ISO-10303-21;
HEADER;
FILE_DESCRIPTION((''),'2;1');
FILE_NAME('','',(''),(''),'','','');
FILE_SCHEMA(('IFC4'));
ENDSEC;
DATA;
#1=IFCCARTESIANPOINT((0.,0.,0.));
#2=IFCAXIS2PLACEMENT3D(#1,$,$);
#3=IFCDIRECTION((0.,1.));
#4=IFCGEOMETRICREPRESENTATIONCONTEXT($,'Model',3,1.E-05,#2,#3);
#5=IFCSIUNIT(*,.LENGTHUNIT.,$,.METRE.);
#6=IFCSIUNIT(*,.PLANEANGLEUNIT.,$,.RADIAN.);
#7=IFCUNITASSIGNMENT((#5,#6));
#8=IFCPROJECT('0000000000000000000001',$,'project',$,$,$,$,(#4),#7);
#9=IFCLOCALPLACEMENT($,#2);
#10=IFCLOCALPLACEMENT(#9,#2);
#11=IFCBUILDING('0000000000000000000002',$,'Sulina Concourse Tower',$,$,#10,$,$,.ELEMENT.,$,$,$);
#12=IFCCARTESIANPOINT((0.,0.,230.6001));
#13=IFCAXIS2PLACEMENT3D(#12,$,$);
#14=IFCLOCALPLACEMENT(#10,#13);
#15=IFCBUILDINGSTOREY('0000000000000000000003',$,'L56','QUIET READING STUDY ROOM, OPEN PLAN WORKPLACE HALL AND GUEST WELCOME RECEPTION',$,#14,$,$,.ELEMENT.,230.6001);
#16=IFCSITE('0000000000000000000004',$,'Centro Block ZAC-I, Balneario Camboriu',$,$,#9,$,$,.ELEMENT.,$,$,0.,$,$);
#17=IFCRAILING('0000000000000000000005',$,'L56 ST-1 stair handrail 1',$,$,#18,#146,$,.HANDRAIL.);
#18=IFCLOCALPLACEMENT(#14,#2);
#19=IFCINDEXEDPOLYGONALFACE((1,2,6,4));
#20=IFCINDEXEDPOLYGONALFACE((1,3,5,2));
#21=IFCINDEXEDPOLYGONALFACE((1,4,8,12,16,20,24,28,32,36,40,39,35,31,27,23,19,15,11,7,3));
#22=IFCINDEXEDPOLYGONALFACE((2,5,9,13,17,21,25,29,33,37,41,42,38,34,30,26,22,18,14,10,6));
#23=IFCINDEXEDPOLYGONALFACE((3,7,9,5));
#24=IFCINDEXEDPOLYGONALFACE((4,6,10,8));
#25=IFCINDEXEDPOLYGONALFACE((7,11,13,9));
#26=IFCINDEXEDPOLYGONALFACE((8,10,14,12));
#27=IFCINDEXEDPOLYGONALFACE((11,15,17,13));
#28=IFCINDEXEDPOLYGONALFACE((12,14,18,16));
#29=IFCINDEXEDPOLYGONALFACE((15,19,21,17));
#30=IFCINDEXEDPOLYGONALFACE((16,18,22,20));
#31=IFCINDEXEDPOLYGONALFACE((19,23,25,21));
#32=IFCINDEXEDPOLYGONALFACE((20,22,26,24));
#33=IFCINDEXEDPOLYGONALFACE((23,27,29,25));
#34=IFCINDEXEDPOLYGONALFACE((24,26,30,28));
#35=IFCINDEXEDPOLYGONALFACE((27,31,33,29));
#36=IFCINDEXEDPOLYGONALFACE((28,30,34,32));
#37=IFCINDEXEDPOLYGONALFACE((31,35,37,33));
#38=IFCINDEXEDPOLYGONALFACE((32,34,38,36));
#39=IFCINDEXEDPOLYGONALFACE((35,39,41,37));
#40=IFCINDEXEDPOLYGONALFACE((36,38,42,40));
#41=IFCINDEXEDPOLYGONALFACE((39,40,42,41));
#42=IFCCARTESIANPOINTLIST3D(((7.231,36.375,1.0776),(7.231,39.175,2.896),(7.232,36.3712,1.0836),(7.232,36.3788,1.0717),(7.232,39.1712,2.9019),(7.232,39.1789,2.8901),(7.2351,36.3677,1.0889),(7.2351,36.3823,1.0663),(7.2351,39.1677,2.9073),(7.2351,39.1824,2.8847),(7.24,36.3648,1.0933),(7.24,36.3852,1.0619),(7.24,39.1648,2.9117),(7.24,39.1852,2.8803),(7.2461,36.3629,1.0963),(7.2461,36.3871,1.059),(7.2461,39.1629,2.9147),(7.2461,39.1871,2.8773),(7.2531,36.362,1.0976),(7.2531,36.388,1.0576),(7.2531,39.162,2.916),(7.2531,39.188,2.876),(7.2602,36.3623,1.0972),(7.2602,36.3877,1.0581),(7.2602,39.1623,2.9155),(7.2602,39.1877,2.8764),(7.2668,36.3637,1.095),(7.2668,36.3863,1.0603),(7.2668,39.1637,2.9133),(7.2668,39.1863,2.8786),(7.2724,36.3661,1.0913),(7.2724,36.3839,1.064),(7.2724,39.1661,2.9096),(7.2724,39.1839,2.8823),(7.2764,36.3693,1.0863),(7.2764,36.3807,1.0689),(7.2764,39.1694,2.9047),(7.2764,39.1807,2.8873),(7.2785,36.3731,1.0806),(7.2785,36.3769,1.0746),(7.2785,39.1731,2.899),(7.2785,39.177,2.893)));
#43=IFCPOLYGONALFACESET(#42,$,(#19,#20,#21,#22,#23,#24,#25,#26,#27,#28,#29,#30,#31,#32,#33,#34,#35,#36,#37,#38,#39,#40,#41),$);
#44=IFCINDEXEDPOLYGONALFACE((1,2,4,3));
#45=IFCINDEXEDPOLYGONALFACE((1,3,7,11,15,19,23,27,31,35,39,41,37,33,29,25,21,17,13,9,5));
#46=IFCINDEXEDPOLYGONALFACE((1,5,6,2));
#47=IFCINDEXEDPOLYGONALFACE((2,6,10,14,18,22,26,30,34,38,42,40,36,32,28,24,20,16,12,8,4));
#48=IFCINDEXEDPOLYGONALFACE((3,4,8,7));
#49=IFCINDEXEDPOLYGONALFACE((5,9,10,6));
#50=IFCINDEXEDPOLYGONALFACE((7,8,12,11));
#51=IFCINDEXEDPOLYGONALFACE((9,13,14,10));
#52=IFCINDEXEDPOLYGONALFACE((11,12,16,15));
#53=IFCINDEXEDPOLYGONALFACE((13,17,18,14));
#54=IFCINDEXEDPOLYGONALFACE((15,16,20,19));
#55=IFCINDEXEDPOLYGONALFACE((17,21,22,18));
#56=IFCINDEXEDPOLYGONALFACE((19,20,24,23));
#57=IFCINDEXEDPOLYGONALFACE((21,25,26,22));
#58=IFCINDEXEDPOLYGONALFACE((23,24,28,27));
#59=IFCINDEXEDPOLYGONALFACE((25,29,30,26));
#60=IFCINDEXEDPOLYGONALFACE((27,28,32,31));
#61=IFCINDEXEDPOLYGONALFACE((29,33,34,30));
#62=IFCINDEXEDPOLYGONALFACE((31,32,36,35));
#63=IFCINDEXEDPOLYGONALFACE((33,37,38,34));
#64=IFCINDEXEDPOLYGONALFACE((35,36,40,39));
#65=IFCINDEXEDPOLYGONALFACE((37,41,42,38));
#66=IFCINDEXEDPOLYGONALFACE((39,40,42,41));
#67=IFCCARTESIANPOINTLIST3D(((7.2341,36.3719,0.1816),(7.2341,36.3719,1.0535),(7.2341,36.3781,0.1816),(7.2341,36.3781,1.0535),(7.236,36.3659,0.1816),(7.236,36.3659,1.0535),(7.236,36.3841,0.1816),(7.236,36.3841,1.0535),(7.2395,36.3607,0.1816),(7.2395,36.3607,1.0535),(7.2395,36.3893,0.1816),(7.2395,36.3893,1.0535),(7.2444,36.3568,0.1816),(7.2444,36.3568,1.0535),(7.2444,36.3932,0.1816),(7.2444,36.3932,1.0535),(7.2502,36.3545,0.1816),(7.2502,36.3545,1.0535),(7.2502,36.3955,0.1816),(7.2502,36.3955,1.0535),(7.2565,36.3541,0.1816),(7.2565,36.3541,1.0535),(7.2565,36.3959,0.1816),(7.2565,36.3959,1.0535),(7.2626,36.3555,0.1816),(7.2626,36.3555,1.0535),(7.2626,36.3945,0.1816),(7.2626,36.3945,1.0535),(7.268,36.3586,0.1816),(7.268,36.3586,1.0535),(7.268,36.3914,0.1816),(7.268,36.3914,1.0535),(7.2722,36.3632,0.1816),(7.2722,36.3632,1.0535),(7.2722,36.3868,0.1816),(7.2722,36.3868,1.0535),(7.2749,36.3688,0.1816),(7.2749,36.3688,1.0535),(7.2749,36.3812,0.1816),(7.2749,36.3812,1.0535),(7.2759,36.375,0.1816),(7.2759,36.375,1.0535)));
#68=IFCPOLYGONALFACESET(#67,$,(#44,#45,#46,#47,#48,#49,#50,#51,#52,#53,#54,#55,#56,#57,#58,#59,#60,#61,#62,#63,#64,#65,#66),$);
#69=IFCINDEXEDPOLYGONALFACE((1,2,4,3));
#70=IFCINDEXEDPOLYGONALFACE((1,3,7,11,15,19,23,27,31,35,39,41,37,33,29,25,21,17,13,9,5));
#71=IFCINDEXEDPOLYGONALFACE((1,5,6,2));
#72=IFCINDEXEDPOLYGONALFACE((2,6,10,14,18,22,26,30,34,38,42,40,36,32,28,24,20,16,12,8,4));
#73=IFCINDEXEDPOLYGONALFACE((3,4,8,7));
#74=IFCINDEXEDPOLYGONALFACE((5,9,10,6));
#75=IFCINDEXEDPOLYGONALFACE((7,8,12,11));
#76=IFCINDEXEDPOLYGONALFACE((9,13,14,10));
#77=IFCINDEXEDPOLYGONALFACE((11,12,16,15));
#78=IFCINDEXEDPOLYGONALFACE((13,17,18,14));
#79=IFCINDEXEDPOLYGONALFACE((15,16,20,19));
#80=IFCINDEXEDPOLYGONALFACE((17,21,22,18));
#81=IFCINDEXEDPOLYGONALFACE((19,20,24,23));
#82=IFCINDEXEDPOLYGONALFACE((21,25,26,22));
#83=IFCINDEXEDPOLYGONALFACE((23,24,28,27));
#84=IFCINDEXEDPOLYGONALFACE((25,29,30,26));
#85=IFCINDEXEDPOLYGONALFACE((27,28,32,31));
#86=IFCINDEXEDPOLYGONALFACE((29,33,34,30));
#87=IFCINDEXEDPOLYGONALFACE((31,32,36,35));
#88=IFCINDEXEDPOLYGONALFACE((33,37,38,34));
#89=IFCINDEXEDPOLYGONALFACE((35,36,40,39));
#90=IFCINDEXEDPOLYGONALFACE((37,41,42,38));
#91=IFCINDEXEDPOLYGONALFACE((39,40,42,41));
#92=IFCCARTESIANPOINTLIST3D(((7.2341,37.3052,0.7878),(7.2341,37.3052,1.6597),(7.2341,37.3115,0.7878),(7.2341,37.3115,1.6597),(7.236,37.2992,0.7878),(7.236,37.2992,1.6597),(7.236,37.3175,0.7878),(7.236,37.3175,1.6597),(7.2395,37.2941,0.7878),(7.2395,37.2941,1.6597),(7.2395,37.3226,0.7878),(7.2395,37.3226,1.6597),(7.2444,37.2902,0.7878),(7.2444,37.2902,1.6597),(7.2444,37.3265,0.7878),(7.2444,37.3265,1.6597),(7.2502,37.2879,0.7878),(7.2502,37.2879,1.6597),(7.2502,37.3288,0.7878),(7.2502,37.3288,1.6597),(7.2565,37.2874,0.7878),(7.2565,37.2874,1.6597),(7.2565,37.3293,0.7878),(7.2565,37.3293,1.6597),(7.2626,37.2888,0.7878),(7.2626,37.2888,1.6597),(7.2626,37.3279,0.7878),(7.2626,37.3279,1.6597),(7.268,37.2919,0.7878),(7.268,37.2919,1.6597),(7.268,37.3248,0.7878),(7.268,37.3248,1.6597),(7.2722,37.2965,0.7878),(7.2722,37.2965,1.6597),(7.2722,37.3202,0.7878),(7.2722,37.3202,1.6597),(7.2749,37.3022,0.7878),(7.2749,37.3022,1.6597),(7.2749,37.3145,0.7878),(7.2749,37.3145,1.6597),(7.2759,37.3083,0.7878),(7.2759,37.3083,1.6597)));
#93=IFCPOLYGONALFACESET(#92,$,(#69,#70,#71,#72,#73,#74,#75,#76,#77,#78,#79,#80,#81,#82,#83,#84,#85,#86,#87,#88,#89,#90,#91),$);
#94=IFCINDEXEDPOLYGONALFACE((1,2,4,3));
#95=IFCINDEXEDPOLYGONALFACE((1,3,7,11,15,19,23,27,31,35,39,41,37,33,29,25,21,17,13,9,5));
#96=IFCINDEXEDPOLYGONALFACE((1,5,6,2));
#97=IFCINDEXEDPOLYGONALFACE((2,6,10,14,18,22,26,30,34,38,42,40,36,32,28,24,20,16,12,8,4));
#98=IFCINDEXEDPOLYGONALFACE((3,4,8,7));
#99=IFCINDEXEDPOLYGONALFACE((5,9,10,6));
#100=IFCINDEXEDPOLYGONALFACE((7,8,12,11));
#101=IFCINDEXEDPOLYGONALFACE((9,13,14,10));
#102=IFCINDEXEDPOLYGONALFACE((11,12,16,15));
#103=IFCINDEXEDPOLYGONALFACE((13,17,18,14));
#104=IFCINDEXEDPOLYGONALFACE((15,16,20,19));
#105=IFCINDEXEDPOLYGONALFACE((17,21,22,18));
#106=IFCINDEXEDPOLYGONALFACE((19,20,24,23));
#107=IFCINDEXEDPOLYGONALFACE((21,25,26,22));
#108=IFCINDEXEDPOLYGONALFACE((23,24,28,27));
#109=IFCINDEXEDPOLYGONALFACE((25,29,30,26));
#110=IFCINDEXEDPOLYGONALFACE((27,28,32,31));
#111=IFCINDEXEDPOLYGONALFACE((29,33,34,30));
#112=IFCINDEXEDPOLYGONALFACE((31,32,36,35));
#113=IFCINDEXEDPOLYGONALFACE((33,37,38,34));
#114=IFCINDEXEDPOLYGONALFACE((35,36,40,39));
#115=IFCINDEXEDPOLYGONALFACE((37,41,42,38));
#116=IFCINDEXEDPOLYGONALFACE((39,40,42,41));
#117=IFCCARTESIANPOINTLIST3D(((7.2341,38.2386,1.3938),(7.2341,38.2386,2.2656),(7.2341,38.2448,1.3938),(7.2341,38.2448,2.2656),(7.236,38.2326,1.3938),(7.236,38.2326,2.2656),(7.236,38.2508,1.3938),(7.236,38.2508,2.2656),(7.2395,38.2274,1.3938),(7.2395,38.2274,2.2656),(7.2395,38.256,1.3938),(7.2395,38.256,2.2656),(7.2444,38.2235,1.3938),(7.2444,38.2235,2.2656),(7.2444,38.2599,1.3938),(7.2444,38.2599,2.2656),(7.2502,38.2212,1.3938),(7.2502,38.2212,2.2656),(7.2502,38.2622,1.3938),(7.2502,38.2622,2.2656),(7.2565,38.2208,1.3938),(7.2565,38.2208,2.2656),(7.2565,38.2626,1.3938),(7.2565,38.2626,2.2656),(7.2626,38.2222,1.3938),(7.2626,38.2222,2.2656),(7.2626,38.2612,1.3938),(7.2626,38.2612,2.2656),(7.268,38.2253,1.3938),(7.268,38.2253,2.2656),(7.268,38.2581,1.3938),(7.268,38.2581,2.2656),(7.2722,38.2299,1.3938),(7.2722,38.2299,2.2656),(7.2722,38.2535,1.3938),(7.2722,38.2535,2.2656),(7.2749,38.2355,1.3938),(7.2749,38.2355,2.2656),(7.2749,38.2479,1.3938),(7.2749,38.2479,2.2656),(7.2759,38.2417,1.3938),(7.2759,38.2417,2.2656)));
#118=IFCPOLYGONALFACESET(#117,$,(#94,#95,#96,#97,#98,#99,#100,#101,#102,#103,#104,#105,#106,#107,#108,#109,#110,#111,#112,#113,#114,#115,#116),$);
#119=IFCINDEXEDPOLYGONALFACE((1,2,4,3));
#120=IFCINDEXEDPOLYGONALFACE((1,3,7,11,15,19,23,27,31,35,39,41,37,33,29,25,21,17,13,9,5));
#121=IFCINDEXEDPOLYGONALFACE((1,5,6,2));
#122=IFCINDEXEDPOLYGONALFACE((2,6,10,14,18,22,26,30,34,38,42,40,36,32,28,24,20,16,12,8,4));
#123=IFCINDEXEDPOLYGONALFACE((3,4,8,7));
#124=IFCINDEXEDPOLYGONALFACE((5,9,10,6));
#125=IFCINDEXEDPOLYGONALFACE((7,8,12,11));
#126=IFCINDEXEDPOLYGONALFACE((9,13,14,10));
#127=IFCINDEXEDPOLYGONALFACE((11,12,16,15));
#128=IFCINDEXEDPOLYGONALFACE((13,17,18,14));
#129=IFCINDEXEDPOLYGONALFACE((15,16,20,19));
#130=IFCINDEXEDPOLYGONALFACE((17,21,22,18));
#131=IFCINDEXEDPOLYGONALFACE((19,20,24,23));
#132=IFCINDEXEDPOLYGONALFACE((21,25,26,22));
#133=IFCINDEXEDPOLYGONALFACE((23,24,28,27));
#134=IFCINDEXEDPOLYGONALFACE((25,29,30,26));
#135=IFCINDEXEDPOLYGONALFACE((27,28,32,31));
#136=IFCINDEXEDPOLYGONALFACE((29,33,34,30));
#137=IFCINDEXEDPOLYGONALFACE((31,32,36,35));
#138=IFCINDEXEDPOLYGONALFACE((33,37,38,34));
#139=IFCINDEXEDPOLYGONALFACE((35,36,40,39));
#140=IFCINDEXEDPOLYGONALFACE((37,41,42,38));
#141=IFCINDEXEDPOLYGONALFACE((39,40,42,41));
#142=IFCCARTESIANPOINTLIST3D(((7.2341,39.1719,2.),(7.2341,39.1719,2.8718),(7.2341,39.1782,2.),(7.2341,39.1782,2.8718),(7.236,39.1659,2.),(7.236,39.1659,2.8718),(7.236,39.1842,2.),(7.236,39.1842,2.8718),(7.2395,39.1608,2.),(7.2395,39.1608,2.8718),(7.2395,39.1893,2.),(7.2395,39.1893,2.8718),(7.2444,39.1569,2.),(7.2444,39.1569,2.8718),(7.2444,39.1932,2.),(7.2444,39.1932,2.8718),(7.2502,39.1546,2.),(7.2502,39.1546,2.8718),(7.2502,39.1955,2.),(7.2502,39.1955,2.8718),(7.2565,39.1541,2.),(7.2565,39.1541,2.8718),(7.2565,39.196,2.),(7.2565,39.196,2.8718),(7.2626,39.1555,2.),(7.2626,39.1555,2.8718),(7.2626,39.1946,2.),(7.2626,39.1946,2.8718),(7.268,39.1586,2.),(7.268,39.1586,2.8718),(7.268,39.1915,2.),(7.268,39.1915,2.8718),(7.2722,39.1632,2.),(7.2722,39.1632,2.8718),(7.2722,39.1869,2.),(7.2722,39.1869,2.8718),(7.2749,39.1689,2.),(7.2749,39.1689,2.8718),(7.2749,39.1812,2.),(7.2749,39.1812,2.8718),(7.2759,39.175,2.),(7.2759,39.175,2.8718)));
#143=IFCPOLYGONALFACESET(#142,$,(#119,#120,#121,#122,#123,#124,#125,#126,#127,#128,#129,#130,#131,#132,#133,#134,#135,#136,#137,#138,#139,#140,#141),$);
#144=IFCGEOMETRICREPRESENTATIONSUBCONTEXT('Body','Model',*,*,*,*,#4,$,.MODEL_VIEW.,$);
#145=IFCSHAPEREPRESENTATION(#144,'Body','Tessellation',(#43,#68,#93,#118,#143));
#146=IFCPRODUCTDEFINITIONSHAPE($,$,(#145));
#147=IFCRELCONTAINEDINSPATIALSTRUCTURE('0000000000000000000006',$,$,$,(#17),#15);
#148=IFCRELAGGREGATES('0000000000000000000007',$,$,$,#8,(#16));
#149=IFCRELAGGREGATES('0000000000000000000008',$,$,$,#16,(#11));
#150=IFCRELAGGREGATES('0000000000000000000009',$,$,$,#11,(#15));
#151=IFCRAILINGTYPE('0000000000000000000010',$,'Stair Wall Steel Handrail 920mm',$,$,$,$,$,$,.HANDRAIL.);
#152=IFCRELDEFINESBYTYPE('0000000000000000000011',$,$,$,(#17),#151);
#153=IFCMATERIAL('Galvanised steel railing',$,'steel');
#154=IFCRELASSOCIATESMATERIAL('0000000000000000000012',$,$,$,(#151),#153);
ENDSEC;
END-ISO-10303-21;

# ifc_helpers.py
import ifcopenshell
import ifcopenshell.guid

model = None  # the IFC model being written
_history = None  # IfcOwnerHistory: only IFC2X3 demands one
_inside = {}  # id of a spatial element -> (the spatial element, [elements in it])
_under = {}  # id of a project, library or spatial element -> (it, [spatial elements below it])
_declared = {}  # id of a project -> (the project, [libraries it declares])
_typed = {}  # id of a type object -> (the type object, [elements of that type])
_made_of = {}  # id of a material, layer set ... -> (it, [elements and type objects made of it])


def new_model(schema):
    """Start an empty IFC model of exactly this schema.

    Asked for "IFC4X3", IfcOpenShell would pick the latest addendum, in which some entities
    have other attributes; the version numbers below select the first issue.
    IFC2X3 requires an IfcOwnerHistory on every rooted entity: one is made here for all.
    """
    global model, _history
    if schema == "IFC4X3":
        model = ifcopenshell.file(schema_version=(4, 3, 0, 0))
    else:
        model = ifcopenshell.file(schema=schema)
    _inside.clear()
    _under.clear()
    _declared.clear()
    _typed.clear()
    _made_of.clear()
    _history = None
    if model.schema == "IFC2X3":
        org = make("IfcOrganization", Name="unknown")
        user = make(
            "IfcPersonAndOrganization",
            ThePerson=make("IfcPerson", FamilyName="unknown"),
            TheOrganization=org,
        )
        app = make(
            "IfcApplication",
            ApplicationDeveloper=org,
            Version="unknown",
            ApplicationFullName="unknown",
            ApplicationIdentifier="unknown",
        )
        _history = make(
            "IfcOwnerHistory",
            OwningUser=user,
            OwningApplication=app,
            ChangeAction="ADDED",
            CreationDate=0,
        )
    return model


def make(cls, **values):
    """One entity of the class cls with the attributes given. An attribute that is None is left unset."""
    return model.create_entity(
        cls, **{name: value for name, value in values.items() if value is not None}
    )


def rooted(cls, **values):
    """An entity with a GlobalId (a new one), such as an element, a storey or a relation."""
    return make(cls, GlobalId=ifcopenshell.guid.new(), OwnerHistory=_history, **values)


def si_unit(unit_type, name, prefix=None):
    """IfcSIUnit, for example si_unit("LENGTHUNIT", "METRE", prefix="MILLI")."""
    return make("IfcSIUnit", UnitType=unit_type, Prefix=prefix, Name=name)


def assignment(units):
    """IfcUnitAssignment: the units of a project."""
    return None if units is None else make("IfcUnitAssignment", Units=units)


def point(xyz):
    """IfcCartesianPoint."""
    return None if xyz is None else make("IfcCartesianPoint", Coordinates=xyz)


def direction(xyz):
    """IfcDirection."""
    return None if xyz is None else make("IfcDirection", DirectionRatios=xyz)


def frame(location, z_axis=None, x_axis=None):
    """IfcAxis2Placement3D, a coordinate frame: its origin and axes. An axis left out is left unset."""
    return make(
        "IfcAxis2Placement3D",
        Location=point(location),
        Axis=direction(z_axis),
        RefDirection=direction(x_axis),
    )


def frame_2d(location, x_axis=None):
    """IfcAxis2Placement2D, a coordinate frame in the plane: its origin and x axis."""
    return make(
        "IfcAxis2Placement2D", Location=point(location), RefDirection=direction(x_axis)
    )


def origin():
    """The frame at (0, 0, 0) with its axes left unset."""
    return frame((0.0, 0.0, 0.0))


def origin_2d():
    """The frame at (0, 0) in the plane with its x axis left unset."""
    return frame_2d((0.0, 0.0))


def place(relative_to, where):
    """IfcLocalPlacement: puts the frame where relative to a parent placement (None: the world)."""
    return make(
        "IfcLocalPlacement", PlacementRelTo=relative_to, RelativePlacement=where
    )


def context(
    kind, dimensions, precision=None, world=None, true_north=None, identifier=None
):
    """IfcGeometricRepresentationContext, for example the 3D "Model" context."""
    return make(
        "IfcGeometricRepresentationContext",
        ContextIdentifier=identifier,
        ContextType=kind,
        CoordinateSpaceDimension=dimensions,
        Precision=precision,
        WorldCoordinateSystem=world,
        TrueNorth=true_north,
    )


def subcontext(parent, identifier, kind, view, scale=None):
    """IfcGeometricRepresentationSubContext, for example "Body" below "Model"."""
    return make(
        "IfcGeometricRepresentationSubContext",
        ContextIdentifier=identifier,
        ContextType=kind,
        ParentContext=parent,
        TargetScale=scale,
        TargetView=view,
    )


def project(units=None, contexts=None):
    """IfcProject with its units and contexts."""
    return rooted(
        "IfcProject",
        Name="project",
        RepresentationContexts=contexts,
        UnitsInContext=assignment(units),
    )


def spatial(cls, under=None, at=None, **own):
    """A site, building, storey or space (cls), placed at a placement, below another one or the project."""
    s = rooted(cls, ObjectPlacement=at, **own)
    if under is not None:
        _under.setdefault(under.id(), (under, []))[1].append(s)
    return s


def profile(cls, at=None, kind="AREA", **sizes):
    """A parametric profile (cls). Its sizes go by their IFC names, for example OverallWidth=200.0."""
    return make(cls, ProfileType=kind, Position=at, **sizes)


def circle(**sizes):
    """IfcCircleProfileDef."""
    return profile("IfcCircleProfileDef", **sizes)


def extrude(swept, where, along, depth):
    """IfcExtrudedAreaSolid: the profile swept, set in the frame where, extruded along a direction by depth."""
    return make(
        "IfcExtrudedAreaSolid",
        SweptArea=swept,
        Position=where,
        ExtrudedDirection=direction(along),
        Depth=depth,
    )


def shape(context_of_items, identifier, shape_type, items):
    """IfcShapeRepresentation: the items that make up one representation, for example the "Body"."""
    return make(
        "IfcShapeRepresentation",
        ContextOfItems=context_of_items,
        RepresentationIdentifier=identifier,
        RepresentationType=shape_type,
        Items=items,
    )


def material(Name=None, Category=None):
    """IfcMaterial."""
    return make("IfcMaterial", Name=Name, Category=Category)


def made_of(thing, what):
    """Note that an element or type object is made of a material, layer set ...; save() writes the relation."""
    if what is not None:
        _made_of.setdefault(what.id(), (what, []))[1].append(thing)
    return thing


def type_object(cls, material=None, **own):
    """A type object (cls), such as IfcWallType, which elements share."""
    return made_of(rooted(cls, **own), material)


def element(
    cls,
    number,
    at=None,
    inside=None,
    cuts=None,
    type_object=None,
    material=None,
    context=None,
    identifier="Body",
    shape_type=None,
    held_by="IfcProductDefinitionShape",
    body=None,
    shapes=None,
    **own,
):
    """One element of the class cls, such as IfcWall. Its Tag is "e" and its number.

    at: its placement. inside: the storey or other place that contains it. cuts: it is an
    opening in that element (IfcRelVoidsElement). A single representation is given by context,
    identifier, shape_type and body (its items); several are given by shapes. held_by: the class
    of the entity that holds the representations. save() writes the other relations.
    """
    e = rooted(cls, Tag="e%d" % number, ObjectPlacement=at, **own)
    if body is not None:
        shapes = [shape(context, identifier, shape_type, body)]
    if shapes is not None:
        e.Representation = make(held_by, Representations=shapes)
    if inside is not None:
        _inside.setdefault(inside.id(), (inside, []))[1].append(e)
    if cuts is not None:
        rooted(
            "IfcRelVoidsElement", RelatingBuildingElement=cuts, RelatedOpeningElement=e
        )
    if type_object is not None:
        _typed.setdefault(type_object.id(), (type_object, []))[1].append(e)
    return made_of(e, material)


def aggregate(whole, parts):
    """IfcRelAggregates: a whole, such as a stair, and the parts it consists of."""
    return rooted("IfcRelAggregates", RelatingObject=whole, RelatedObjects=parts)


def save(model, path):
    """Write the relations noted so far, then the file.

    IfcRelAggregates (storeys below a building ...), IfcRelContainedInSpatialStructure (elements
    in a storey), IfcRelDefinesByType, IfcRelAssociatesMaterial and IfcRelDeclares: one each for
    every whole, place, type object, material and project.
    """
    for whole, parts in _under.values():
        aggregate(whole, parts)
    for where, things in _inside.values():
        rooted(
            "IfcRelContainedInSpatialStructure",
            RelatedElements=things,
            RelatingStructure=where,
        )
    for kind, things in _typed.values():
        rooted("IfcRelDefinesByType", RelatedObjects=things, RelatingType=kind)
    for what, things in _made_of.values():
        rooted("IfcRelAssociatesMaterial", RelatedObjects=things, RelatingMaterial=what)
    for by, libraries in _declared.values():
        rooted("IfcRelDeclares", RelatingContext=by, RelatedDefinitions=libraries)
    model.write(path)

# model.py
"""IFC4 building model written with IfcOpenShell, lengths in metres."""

from ifc_helpers import new_model, si_unit, direction, frame, origin, origin_2d, place, context, subcontext, project, spatial, circle, extrude, material, type_object, element, save


model = new_model("IFC4")

# Units and contexts
model_context = context("Model", 3, precision=1e-05, world=origin(), true_north=direction((0.0, 1.0)))
body_context = subcontext(model_context, "Body", "Model", "MODEL_VIEW")
ifc_project = project(units=[si_unit("LENGTHUNIT", "METRE"), si_unit("PLANEANGLEUNIT", "RADIAN")], contexts=[model_context])

# Site, building, storey
site_placement = place(None, origin())
site = spatial("IfcSite", under=ifc_project, at=site_placement, Name="Centro Block ZAC-I, Balneario Camboriu", CompositionType="ELEMENT", RefElevation=0.0)
building_placement = place(site_placement, origin())
building = spatial("IfcBuilding", under=site, at=building_placement, Name="Sulina Concourse Tower", CompositionType="ELEMENT")
storey_placement = place(building_placement, frame((0.0, 0.0, 230.6001)))
storey = spatial("IfcBuildingStorey", under=building, at=storey_placement, Name="L56", Description="QUIET READING STUDY ROOM, OPEN PLAN WORKPLACE HALL AND GUEST WELCOME RECEPTION", CompositionType="ELEMENT", Elevation=230.6001)

# Railing
ifc_material_1 = material(Name="Galvanised steel railing", Category="steel")
railing_type_1 = type_object("IfcRailingType", Name="Stair Wall Steel Handrail 920mm", PredefinedType="HANDRAIL", material=ifc_material_1)
railing_1_placement = place(storey_placement, frame((7.2549, 36.375, 0.1816)))
element("IfcRailing", 1, at=railing_1_placement, inside=storey, type_object=railing_type_1, Name="L56 ST-1 stair handrail 1", PredefinedType="HANDRAIL", context=body_context, shape_type="SweptSolid", body=[
    extrude(circle(Radius=0.0239, at=origin_2d()), frame((0.0, 0.0, 0.896), z_axis=(0.0, 0.838672, 0.544636), x_axis=(-1.0, 0.0, 0.0)), (0.0, 0.0, 1.0), 3.3386),
    extrude(circle(Radius=0.021, at=origin_2d()), origin(), (0.0, 0.0, 1.0), 0.8718),
    extrude(circle(Radius=0.021, at=origin_2d()), frame((0.0, 0.9333, 0.6062)), (0.0, 0.0, 1.0), 0.8718),
    extrude(circle(Radius=0.021, at=origin_2d()), frame((0.0, 1.8667, 1.2122)), (0.0, 0.0, 1.0), 0.8718),
    extrude(circle(Radius=0.021, at=origin_2d()), frame((0.0, 2.8, 1.8184)), (0.0, 0.0, 1.0), 0.8718),
])

save(model, "model.ifc")
